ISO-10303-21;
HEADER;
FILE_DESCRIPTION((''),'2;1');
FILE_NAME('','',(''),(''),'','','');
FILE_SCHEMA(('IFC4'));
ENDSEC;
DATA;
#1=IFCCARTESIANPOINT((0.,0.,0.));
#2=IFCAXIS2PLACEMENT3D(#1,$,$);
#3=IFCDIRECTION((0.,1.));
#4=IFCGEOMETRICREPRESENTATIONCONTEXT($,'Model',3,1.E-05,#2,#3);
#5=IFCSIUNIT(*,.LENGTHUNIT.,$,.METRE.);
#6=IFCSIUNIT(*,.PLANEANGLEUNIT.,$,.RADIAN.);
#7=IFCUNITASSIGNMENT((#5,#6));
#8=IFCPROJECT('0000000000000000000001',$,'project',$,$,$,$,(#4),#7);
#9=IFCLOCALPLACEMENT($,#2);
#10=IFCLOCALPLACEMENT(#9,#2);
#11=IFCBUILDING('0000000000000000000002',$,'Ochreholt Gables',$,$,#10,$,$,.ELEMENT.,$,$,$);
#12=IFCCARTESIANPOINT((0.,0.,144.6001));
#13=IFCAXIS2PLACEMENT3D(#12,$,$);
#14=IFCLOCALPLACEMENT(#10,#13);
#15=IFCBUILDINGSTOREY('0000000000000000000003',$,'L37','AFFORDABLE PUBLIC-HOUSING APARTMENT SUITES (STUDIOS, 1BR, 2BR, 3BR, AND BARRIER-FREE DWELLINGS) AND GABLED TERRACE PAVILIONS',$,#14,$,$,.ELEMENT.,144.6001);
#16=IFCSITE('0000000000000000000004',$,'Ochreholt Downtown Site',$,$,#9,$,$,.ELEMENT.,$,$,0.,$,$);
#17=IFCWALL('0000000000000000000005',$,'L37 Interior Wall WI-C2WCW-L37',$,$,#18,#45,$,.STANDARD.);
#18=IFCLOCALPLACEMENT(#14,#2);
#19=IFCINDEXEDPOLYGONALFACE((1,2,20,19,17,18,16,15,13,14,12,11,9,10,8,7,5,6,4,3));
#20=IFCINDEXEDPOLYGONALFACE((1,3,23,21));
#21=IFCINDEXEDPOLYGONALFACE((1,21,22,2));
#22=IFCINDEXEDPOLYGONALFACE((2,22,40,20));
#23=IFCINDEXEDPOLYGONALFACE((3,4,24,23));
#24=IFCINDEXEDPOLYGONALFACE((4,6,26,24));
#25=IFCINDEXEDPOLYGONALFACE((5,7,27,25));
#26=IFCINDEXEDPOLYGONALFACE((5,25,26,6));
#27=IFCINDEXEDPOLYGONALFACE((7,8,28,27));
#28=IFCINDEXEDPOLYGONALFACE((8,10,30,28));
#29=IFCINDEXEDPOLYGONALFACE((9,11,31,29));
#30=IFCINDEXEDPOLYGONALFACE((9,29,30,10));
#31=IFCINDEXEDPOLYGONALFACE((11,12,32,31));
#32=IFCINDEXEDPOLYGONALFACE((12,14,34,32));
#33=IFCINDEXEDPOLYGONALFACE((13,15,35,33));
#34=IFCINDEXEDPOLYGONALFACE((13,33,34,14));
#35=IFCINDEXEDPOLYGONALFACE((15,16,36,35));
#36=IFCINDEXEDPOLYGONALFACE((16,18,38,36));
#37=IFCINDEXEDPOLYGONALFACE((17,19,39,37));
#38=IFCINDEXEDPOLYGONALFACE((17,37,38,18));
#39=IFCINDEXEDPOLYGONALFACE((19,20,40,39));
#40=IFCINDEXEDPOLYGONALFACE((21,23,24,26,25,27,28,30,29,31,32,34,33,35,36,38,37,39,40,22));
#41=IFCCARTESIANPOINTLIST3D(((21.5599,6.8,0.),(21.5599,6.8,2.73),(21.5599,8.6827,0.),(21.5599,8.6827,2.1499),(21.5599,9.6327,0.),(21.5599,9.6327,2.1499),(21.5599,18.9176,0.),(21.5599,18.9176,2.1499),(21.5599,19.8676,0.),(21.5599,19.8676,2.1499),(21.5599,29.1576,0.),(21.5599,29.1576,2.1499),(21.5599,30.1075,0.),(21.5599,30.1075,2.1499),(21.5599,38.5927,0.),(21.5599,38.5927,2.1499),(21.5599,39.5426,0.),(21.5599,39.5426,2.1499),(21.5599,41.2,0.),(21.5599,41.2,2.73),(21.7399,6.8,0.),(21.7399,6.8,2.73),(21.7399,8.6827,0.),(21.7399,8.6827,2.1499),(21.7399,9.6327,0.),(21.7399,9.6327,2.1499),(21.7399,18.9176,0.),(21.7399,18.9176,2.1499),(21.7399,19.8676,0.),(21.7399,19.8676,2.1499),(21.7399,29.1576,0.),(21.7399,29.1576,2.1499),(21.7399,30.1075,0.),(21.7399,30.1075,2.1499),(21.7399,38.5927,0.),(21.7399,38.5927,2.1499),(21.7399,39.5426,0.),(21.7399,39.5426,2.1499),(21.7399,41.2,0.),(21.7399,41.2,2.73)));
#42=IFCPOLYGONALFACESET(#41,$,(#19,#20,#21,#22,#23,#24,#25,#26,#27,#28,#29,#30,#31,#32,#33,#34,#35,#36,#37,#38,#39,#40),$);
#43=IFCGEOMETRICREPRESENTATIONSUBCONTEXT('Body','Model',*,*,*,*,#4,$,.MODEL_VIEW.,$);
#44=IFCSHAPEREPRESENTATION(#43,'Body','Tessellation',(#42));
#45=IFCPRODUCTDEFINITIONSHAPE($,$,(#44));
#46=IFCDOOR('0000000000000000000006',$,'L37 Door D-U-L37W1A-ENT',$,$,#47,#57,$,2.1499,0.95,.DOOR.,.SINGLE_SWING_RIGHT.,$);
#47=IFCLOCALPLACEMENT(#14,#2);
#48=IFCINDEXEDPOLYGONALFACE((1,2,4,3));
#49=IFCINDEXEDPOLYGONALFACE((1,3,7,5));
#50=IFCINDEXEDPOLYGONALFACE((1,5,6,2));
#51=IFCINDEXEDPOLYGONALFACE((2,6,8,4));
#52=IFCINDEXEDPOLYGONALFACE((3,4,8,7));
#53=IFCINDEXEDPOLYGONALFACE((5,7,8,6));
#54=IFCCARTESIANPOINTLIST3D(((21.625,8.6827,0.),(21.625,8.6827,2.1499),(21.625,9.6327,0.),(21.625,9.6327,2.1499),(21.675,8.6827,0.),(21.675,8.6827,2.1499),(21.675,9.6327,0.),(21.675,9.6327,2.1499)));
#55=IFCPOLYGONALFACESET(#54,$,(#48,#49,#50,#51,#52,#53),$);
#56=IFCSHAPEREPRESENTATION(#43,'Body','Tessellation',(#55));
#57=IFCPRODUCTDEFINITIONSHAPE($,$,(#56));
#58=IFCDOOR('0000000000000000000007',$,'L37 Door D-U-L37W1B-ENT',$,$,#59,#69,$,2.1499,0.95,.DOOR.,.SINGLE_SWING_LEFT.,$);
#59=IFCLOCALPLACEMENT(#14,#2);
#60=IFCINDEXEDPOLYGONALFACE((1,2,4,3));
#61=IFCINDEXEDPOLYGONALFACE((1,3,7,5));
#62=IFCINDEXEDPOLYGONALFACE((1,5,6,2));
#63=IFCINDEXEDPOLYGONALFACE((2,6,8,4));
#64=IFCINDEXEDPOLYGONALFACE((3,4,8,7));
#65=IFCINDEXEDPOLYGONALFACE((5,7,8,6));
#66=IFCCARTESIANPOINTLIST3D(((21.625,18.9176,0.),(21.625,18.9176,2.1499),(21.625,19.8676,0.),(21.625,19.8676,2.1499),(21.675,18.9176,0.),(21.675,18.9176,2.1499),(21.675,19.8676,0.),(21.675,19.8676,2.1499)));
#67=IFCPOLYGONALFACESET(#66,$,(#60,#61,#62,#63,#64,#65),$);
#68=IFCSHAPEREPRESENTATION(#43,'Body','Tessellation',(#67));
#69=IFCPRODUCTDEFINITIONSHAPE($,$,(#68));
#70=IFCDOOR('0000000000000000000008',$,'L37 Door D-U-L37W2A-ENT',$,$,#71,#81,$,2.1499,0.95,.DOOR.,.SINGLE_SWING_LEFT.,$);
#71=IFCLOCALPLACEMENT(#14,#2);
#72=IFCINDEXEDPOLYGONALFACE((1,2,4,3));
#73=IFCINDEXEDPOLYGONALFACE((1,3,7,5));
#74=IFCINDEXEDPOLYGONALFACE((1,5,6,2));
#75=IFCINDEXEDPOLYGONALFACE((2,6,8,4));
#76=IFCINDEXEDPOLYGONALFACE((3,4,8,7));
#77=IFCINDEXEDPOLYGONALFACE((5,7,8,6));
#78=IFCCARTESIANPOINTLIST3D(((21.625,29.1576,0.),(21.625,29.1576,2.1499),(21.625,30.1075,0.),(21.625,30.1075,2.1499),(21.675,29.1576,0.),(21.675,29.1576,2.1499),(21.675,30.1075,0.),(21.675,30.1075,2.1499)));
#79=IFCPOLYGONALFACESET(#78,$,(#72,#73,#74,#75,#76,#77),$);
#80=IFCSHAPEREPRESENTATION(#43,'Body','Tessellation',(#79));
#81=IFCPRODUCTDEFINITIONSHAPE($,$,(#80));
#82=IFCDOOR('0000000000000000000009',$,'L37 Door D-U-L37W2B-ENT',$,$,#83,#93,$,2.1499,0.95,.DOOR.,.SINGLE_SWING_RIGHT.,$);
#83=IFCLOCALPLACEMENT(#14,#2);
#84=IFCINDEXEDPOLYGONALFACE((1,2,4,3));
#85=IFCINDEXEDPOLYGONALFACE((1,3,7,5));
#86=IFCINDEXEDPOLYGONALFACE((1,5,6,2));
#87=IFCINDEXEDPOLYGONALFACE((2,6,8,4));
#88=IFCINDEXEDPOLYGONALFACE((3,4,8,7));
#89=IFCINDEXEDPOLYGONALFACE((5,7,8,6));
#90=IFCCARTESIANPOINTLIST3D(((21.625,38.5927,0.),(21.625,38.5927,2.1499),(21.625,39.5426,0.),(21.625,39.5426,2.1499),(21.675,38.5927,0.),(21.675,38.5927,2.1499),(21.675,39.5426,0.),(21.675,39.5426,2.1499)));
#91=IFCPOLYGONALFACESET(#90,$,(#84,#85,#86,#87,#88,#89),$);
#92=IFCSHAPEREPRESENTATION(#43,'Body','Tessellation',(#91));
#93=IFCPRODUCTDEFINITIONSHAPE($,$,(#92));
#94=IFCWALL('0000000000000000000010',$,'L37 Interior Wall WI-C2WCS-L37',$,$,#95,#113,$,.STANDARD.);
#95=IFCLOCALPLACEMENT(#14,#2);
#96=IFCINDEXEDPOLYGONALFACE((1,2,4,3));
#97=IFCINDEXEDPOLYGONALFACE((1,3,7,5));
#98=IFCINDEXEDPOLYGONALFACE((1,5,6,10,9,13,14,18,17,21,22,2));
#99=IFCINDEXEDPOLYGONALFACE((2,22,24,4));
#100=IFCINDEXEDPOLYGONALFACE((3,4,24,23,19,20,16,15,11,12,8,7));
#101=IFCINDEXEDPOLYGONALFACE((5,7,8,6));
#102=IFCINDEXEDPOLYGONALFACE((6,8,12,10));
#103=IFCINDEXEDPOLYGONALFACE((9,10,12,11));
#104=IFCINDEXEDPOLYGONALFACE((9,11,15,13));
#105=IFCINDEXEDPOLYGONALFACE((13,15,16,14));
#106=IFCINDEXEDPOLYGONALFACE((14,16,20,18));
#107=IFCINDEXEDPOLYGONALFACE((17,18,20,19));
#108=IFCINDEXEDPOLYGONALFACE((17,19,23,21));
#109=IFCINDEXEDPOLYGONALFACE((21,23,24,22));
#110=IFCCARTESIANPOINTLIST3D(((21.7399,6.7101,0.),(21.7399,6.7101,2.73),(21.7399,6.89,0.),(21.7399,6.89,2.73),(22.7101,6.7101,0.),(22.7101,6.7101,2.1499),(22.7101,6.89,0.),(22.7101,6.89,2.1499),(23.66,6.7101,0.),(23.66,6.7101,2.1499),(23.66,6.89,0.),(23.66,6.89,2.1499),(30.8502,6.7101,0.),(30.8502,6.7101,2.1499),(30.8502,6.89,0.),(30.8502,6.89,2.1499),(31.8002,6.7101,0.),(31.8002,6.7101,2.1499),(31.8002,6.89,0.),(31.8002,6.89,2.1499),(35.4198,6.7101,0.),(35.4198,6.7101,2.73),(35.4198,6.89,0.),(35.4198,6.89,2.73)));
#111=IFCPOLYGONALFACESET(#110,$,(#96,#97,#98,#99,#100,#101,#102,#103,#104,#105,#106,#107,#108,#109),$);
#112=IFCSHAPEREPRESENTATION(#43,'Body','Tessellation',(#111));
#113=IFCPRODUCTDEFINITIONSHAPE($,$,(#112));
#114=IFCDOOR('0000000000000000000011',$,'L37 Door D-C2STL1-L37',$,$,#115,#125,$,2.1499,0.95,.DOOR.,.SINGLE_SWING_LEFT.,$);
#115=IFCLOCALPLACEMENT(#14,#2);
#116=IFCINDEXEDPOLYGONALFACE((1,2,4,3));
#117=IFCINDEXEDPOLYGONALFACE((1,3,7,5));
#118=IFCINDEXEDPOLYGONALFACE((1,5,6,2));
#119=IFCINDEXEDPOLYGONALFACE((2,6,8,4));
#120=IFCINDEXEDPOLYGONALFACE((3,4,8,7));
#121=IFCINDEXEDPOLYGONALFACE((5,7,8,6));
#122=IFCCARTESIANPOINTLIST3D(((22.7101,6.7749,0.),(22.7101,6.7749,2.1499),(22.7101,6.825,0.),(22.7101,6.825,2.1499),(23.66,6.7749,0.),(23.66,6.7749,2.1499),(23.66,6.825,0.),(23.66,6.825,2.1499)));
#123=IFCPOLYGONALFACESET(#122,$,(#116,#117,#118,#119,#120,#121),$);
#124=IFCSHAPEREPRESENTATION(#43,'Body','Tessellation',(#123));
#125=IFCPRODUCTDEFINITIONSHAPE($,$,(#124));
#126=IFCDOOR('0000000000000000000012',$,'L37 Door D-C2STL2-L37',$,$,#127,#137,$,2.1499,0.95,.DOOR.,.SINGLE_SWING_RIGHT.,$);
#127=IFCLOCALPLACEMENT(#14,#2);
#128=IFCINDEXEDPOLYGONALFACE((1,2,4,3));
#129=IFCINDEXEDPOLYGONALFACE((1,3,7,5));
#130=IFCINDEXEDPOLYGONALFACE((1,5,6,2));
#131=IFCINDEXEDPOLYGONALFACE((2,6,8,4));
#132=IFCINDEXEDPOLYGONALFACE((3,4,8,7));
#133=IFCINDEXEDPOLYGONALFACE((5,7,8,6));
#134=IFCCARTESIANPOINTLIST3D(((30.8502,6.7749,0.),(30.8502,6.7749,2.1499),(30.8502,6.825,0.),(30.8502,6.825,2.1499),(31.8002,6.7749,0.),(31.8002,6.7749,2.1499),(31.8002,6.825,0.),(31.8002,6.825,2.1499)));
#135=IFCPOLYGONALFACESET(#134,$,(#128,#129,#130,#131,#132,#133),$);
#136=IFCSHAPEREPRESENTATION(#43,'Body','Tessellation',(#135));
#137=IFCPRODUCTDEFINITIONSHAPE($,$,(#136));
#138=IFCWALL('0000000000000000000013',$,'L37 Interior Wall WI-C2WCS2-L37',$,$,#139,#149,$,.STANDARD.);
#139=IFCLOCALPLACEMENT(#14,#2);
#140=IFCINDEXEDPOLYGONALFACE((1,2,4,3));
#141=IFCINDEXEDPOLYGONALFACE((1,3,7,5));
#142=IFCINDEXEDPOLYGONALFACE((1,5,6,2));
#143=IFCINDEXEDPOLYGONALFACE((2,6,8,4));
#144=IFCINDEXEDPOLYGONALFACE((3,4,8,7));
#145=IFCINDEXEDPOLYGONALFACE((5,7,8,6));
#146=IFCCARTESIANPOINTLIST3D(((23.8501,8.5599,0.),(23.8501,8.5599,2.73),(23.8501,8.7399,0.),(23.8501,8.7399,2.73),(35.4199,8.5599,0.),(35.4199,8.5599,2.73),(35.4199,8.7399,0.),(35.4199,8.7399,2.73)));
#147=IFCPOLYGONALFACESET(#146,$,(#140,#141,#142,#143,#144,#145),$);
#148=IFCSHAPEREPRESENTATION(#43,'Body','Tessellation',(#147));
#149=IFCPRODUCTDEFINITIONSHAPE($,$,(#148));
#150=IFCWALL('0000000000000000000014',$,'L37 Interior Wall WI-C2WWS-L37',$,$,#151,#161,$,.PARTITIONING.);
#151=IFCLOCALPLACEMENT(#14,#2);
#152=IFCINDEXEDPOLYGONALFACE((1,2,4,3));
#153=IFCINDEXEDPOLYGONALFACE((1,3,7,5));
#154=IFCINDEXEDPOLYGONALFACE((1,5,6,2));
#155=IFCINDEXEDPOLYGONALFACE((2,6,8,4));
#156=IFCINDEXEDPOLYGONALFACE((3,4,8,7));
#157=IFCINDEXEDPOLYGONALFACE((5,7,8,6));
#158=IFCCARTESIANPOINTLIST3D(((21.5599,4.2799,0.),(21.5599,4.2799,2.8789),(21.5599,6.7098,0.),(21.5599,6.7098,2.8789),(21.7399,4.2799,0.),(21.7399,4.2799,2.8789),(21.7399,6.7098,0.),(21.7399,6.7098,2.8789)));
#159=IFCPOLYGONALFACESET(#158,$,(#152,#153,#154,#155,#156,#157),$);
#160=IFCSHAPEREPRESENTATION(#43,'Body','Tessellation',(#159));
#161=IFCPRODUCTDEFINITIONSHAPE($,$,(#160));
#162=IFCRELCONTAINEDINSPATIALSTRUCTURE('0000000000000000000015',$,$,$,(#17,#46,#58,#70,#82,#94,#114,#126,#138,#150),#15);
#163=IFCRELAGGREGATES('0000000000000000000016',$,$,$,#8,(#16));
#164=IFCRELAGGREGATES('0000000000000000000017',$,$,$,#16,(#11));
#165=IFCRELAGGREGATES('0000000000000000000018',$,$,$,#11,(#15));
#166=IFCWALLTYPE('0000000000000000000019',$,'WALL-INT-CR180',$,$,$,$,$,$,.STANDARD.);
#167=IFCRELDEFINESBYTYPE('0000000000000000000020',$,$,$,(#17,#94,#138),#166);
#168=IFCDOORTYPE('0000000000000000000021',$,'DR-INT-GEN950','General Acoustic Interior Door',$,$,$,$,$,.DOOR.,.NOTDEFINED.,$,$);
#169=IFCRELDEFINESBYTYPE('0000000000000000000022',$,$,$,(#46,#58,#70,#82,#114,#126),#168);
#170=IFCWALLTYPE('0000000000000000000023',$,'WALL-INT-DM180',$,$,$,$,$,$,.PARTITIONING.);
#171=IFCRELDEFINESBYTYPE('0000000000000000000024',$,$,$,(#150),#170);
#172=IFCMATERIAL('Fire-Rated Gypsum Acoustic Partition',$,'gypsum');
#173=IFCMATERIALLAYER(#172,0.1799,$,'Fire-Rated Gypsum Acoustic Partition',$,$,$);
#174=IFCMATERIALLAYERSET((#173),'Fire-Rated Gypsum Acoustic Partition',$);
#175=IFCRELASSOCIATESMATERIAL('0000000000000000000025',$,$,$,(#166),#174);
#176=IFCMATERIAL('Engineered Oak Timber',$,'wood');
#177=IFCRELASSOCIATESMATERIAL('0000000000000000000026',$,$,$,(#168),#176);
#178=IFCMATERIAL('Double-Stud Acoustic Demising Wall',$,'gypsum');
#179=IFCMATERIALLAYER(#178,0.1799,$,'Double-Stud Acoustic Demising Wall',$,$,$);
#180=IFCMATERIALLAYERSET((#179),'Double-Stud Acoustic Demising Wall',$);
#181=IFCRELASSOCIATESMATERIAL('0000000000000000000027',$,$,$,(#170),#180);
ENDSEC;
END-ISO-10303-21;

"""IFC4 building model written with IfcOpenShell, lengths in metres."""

from ifc_helpers import new_model, si_unit, direction, frame, frame_2d, origin, place, context, subcontext, project, spatial, rectangle, extrude, material, layer, layer_set, type_object, element, fill, save


model = new_model("IFC4")

# Units and contexts
model_context = context("Model", 3, precision=1e-05, world=origin(), true_north=direction((0.0, 1.0)))
body_context = subcontext(model_context, "Body", "Model", "MODEL_VIEW")
ifc_project = project(units=[si_unit("LENGTHUNIT", "METRE"), si_unit("PLANEANGLEUNIT", "RADIAN")], contexts=[model_context])

# Site, building, storey
site_placement = place(None, origin())
site = spatial("IfcSite", under=ifc_project, at=site_placement, Name="Ochreholt Downtown Site", CompositionType="ELEMENT", RefElevation=0.0)
building_placement = place(site_placement, origin())
building = spatial("IfcBuilding", under=site, at=building_placement, Name="Ochreholt Gables", CompositionType="ELEMENT")
storey_placement = place(building_placement, frame((0.0, 0.0, 144.6001)))
storey = spatial("IfcBuildingStorey", under=building, at=storey_placement, Name="L37", Description="AFFORDABLE PUBLIC-HOUSING APARTMENT SUITES (STUDIOS, 1BR, 2BR, 3BR, AND BARRIER-FREE DWELLINGS) AND GABLED TERRACE PAVILIONS", CompositionType="ELEMENT", Elevation=144.6001)

# Walls, openings, doors
ifc_material_1 = material(Name="Fire-Rated Gypsum Acoustic Partition", Category="gypsum")
ifc_layer_1 = layer(ifc_material_1, 0.1799, Name="Fire-Rated Gypsum Acoustic Partition")
ifc_layer_set_1 = layer_set([ifc_layer_1], Name="Fire-Rated Gypsum Acoustic Partition")
wall_type_1 = type_object("IfcWallType", Name="WALL-INT-CR180", PredefinedType="STANDARD", material=ifc_layer_set_1)
wall_1_placement = place(storey_placement, frame((21.6499, 6.8, 0.0), z_axis=(0.0, 0.0, 1.0), x_axis=(0.0, 1.0, 0.0)))
wall_1 = element("IfcWall", 1, at=wall_1_placement, inside=storey, type_object=wall_type_1, Name="L37 Interior Wall WI-C2WCW-L37", PredefinedType="STANDARD", context=body_context, shape_type="SweptSolid", body=[
    extrude(rectangle(XDim=34.3999, YDim=0.1799, at=frame_2d((17.2, 0.0))), origin(), (0.0, 0.0, 1.0), 2.73),
])
opening_1_placement = place(wall_1_placement, frame((1.8826, 0.0, 0.0)))
opening_1 = element("IfcOpeningElement", 2, at=opening_1_placement, cuts=wall_1, PredefinedType="OPENING", context=body_context, shape_type="SweptSolid", body=[
    extrude(rectangle(XDim=0.95, YDim=2.1499, at=frame_2d((0.4751, 1.075))), frame((0.0, 0.0999, 0.0), z_axis=(0.0, -1.0, 0.0), x_axis=(1.0, 0.0, 0.0)), (0.0, 0.0, 1.0), 0.2),
])
opening_2_placement = place(wall_1_placement, frame((12.1174, 0.0, 0.0)))
opening_2 = element("IfcOpeningElement", 3, at=opening_2_placement, cuts=wall_1, PredefinedType="OPENING", context=body_context, shape_type="SweptSolid", body=[
    extrude(rectangle(XDim=0.95, YDim=2.1499, at=frame_2d((0.4751, 1.075))), frame((0.0, 0.0999, 0.0), z_axis=(0.0, -1.0, 0.0), x_axis=(1.0, 0.0, 0.0)), (0.0, 0.0, 1.0), 0.2),
])
opening_3_placement = place(wall_1_placement, frame((22.3574, 0.0, 0.0)))
opening_3 = element("IfcOpeningElement", 4, at=opening_3_placement, cuts=wall_1, PredefinedType="OPENING", context=body_context, shape_type="SweptSolid", body=[
    extrude(rectangle(XDim=0.95, YDim=2.1499, at=frame_2d((0.4751, 1.075))), frame((0.0, 0.0999, 0.0), z_axis=(0.0, -1.0, 0.0), x_axis=(1.0, 0.0, 0.0)), (0.0, 0.0, 1.0), 0.2),
])
opening_4_placement = place(wall_1_placement, frame((31.7925, 0.0, 0.0)))
opening_4 = element("IfcOpeningElement", 5, at=opening_4_placement, cuts=wall_1, PredefinedType="OPENING", context=body_context, shape_type="SweptSolid", body=[
    extrude(rectangle(XDim=0.95, YDim=2.1499, at=frame_2d((0.4751, 1.075))), frame((0.0, 0.0999, 0.0), z_axis=(0.0, -1.0, 0.0), x_axis=(1.0, 0.0, 0.0)), (0.0, 0.0, 1.0), 0.2),
])
ifc_material_2 = material(Name="Engineered Oak Timber", Category="wood")
door_type = type_object("IfcDoorType", Name="DR-INT-GEN950", Description="General Acoustic Interior Door", OperationType="NOTDEFINED", PredefinedType="DOOR", material=ifc_material_2)
door_1_placement = place(opening_1_placement, origin())
door_1 = element("IfcDoor", 6, at=door_1_placement, inside=storey, type_object=door_type, Name="L37 Door D-U-L37W1A-ENT", OperationType="SINGLE_SWING_RIGHT", OverallHeight=2.1499, OverallWidth=0.95, PredefinedType="DOOR", context=body_context, shape_type="SweptSolid", body=[
    extrude(rectangle(XDim=0.95, YDim=2.1499, at=frame_2d((0.4751, 1.075))), frame((0.0, 0.0249, 0.0), z_axis=(0.0, -1.0, 0.0), x_axis=(1.0, 0.0, 0.0)), (0.0, 0.0, 1.0), 0.05),
])
fill(opening_1, door_1)
door_2_placement = place(opening_2_placement, origin())
door_2 = element("IfcDoor", 7, at=door_2_placement, inside=storey, type_object=door_type, Name="L37 Door D-U-L37W1B-ENT", OperationType="SINGLE_SWING_LEFT", OverallHeight=2.1499, OverallWidth=0.95, PredefinedType="DOOR", context=body_context, shape_type="SweptSolid", body=[
    extrude(rectangle(XDim=0.95, YDim=2.1499, at=frame_2d((0.4751, 1.075))), frame((0.0, 0.0249, 0.0), z_axis=(0.0, -1.0, 0.0), x_axis=(1.0, 0.0, 0.0)), (0.0, 0.0, 1.0), 0.05),
])
fill(opening_2, door_2)
door_3_placement = place(opening_3_placement, origin())
door_3 = element("IfcDoor", 8, at=door_3_placement, inside=storey, type_object=door_type, Name="L37 Door D-U-L37W2A-ENT", OperationType="SINGLE_SWING_LEFT", OverallHeight=2.1499, OverallWidth=0.95, PredefinedType="DOOR", context=body_context, shape_type="SweptSolid", body=[
    extrude(rectangle(XDim=0.95, YDim=2.1499, at=frame_2d((0.4751, 1.075))), frame((0.0, 0.0249, 0.0), z_axis=(0.0, -1.0, 0.0), x_axis=(1.0, 0.0, 0.0)), (0.0, 0.0, 1.0), 0.05),
])
fill(opening_3, door_3)
door_4_placement = place(opening_4_placement, origin())
door_4 = element("IfcDoor", 9, at=door_4_placement, inside=storey, type_object=door_type, Name="L37 Door D-U-L37W2B-ENT", OperationType="SINGLE_SWING_RIGHT", OverallHeight=2.1499, OverallWidth=0.95, PredefinedType="DOOR", context=body_context, shape_type="SweptSolid", body=[
    extrude(rectangle(XDim=0.95, YDim=2.1499, at=frame_2d((0.4751, 1.075))), frame((0.0, 0.0249, 0.0), z_axis=(0.0, -1.0, 0.0), x_axis=(1.0, 0.0, 0.0)), (0.0, 0.0, 1.0), 0.05),
])
fill(opening_4, door_4)
wall_2_placement = place(storey_placement, frame((21.74, 6.8, 0.0), z_axis=(0.0, 0.0, 1.0), x_axis=(1.0, 0.0, 0.0)))
wall_2 = element("IfcWall", 10, at=wall_2_placement, inside=storey, type_object=wall_type_1, Name="L37 Interior Wall WI-C2WCS-L37", PredefinedType="STANDARD", context=body_context, shape_type="SweptSolid", body=[
    extrude(rectangle(XDim=13.6799, YDim=0.1799, at=frame_2d((6.8398, 0.0))), origin(), (0.0, 0.0, 1.0), 2.73),
])
opening_5_placement = place(wall_2_placement, frame((0.97, 0.0, 0.0)))
opening_5 = element("IfcOpeningElement", 11, at=opening_5_placement, cuts=wall_2, PredefinedType="OPENING", context=body_context, shape_type="SweptSolid", body=[
    extrude(rectangle(XDim=0.95, YDim=2.1499, at=frame_2d((0.4751, 1.075))), frame((0.0, 0.0999, 0.0), z_axis=(0.0, -1.0, 0.0), x_axis=(1.0, 0.0, 0.0)), (0.0, 0.0, 1.0), 0.2),
])
opening_6_placement = place(wall_2_placement, frame((9.1101, 0.0, 0.0)))
opening_6 = element("IfcOpeningElement", 12, at=opening_6_placement, cuts=wall_2, PredefinedType="OPENING", context=body_context, shape_type="SweptSolid", body=[
    extrude(rectangle(XDim=0.95, YDim=2.1499, at=frame_2d((0.4751, 1.075))), frame((0.0, 0.0999, 0.0), z_axis=(0.0, -1.0, 0.0), x_axis=(1.0, 0.0, 0.0)), (0.0, 0.0, 1.0), 0.2),
])
door_5_placement = place(opening_5_placement, origin())
door_5 = element("IfcDoor", 13, at=door_5_placement, inside=storey, type_object=door_type, Name="L37 Door D-C2STL1-L37", OperationType="SINGLE_SWING_LEFT", OverallHeight=2.1499, OverallWidth=0.95, PredefinedType="DOOR", context=body_context, shape_type="SweptSolid", body=[
    extrude(rectangle(XDim=0.95, YDim=2.1499, at=frame_2d((0.4751, 1.075))), frame((0.0, 0.0249, 0.0), z_axis=(0.0, -1.0, 0.0), x_axis=(1.0, 0.0, 0.0)), (0.0, 0.0, 1.0), 0.05),
])
fill(opening_5, door_5)
door_6_placement = place(opening_6_placement, origin())
door_6 = element("IfcDoor", 14, at=door_6_placement, inside=storey, type_object=door_type, Name="L37 Door D-C2STL2-L37", OperationType="SINGLE_SWING_RIGHT", OverallHeight=2.1499, OverallWidth=0.95, PredefinedType="DOOR", context=body_context, shape_type="SweptSolid", body=[
    extrude(rectangle(XDim=0.95, YDim=2.1499, at=frame_2d((0.4751, 1.075))), frame((0.0, 0.0249, 0.0), z_axis=(0.0, -1.0, 0.0), x_axis=(1.0, 0.0, 0.0)), (0.0, 0.0, 1.0), 0.05),
])
fill(opening_6, door_6)

# Walls
wall_3_placement = place(storey_placement, frame((23.8501, 8.6499, 0.0), z_axis=(0.0, 0.0, 1.0), x_axis=(1.0, 0.0, 0.0)))
element("IfcWall", 15, at=wall_3_placement, inside=storey, type_object=wall_type_1, Name="L37 Interior Wall WI-C2WCS2-L37", PredefinedType="STANDARD", context=body_context, shape_type="SweptSolid", body=[
    extrude(rectangle(XDim=11.5698, YDim=0.1799, at=frame_2d((5.7849, 0.0))), origin(), (0.0, 0.0, 1.0), 2.73),
])
ifc_material_3 = material(Name="Double-Stud Acoustic Demising Wall", Category="gypsum")
ifc_layer_2 = layer(ifc_material_3, 0.1799, Name="Double-Stud Acoustic Demising Wall")
ifc_layer_set_2 = layer_set([ifc_layer_2], Name="Double-Stud Acoustic Demising Wall")
wall_type_2 = type_object("IfcWallType", Name="WALL-INT-DM180", PredefinedType="PARTITIONING", material=ifc_layer_set_2)
wall_4_placement = place(storey_placement, frame((21.6499, 4.28, 0.0), z_axis=(0.0, 0.0, 1.0), x_axis=(0.0, 1.0, 0.0)))
element("IfcWall", 16, at=wall_4_placement, inside=storey, type_object=wall_type_2, Name="L37 Interior Wall WI-C2WWS-L37", PredefinedType="PARTITIONING", context=body_context, shape_type="SweptSolid", body=[
    extrude(rectangle(XDim=2.4299, YDim=0.1799, at=frame_2d((1.2148, 0.0))), origin(), (0.0, 0.0, 1.0), 2.8789),
])

save(model, "model.ifc")
